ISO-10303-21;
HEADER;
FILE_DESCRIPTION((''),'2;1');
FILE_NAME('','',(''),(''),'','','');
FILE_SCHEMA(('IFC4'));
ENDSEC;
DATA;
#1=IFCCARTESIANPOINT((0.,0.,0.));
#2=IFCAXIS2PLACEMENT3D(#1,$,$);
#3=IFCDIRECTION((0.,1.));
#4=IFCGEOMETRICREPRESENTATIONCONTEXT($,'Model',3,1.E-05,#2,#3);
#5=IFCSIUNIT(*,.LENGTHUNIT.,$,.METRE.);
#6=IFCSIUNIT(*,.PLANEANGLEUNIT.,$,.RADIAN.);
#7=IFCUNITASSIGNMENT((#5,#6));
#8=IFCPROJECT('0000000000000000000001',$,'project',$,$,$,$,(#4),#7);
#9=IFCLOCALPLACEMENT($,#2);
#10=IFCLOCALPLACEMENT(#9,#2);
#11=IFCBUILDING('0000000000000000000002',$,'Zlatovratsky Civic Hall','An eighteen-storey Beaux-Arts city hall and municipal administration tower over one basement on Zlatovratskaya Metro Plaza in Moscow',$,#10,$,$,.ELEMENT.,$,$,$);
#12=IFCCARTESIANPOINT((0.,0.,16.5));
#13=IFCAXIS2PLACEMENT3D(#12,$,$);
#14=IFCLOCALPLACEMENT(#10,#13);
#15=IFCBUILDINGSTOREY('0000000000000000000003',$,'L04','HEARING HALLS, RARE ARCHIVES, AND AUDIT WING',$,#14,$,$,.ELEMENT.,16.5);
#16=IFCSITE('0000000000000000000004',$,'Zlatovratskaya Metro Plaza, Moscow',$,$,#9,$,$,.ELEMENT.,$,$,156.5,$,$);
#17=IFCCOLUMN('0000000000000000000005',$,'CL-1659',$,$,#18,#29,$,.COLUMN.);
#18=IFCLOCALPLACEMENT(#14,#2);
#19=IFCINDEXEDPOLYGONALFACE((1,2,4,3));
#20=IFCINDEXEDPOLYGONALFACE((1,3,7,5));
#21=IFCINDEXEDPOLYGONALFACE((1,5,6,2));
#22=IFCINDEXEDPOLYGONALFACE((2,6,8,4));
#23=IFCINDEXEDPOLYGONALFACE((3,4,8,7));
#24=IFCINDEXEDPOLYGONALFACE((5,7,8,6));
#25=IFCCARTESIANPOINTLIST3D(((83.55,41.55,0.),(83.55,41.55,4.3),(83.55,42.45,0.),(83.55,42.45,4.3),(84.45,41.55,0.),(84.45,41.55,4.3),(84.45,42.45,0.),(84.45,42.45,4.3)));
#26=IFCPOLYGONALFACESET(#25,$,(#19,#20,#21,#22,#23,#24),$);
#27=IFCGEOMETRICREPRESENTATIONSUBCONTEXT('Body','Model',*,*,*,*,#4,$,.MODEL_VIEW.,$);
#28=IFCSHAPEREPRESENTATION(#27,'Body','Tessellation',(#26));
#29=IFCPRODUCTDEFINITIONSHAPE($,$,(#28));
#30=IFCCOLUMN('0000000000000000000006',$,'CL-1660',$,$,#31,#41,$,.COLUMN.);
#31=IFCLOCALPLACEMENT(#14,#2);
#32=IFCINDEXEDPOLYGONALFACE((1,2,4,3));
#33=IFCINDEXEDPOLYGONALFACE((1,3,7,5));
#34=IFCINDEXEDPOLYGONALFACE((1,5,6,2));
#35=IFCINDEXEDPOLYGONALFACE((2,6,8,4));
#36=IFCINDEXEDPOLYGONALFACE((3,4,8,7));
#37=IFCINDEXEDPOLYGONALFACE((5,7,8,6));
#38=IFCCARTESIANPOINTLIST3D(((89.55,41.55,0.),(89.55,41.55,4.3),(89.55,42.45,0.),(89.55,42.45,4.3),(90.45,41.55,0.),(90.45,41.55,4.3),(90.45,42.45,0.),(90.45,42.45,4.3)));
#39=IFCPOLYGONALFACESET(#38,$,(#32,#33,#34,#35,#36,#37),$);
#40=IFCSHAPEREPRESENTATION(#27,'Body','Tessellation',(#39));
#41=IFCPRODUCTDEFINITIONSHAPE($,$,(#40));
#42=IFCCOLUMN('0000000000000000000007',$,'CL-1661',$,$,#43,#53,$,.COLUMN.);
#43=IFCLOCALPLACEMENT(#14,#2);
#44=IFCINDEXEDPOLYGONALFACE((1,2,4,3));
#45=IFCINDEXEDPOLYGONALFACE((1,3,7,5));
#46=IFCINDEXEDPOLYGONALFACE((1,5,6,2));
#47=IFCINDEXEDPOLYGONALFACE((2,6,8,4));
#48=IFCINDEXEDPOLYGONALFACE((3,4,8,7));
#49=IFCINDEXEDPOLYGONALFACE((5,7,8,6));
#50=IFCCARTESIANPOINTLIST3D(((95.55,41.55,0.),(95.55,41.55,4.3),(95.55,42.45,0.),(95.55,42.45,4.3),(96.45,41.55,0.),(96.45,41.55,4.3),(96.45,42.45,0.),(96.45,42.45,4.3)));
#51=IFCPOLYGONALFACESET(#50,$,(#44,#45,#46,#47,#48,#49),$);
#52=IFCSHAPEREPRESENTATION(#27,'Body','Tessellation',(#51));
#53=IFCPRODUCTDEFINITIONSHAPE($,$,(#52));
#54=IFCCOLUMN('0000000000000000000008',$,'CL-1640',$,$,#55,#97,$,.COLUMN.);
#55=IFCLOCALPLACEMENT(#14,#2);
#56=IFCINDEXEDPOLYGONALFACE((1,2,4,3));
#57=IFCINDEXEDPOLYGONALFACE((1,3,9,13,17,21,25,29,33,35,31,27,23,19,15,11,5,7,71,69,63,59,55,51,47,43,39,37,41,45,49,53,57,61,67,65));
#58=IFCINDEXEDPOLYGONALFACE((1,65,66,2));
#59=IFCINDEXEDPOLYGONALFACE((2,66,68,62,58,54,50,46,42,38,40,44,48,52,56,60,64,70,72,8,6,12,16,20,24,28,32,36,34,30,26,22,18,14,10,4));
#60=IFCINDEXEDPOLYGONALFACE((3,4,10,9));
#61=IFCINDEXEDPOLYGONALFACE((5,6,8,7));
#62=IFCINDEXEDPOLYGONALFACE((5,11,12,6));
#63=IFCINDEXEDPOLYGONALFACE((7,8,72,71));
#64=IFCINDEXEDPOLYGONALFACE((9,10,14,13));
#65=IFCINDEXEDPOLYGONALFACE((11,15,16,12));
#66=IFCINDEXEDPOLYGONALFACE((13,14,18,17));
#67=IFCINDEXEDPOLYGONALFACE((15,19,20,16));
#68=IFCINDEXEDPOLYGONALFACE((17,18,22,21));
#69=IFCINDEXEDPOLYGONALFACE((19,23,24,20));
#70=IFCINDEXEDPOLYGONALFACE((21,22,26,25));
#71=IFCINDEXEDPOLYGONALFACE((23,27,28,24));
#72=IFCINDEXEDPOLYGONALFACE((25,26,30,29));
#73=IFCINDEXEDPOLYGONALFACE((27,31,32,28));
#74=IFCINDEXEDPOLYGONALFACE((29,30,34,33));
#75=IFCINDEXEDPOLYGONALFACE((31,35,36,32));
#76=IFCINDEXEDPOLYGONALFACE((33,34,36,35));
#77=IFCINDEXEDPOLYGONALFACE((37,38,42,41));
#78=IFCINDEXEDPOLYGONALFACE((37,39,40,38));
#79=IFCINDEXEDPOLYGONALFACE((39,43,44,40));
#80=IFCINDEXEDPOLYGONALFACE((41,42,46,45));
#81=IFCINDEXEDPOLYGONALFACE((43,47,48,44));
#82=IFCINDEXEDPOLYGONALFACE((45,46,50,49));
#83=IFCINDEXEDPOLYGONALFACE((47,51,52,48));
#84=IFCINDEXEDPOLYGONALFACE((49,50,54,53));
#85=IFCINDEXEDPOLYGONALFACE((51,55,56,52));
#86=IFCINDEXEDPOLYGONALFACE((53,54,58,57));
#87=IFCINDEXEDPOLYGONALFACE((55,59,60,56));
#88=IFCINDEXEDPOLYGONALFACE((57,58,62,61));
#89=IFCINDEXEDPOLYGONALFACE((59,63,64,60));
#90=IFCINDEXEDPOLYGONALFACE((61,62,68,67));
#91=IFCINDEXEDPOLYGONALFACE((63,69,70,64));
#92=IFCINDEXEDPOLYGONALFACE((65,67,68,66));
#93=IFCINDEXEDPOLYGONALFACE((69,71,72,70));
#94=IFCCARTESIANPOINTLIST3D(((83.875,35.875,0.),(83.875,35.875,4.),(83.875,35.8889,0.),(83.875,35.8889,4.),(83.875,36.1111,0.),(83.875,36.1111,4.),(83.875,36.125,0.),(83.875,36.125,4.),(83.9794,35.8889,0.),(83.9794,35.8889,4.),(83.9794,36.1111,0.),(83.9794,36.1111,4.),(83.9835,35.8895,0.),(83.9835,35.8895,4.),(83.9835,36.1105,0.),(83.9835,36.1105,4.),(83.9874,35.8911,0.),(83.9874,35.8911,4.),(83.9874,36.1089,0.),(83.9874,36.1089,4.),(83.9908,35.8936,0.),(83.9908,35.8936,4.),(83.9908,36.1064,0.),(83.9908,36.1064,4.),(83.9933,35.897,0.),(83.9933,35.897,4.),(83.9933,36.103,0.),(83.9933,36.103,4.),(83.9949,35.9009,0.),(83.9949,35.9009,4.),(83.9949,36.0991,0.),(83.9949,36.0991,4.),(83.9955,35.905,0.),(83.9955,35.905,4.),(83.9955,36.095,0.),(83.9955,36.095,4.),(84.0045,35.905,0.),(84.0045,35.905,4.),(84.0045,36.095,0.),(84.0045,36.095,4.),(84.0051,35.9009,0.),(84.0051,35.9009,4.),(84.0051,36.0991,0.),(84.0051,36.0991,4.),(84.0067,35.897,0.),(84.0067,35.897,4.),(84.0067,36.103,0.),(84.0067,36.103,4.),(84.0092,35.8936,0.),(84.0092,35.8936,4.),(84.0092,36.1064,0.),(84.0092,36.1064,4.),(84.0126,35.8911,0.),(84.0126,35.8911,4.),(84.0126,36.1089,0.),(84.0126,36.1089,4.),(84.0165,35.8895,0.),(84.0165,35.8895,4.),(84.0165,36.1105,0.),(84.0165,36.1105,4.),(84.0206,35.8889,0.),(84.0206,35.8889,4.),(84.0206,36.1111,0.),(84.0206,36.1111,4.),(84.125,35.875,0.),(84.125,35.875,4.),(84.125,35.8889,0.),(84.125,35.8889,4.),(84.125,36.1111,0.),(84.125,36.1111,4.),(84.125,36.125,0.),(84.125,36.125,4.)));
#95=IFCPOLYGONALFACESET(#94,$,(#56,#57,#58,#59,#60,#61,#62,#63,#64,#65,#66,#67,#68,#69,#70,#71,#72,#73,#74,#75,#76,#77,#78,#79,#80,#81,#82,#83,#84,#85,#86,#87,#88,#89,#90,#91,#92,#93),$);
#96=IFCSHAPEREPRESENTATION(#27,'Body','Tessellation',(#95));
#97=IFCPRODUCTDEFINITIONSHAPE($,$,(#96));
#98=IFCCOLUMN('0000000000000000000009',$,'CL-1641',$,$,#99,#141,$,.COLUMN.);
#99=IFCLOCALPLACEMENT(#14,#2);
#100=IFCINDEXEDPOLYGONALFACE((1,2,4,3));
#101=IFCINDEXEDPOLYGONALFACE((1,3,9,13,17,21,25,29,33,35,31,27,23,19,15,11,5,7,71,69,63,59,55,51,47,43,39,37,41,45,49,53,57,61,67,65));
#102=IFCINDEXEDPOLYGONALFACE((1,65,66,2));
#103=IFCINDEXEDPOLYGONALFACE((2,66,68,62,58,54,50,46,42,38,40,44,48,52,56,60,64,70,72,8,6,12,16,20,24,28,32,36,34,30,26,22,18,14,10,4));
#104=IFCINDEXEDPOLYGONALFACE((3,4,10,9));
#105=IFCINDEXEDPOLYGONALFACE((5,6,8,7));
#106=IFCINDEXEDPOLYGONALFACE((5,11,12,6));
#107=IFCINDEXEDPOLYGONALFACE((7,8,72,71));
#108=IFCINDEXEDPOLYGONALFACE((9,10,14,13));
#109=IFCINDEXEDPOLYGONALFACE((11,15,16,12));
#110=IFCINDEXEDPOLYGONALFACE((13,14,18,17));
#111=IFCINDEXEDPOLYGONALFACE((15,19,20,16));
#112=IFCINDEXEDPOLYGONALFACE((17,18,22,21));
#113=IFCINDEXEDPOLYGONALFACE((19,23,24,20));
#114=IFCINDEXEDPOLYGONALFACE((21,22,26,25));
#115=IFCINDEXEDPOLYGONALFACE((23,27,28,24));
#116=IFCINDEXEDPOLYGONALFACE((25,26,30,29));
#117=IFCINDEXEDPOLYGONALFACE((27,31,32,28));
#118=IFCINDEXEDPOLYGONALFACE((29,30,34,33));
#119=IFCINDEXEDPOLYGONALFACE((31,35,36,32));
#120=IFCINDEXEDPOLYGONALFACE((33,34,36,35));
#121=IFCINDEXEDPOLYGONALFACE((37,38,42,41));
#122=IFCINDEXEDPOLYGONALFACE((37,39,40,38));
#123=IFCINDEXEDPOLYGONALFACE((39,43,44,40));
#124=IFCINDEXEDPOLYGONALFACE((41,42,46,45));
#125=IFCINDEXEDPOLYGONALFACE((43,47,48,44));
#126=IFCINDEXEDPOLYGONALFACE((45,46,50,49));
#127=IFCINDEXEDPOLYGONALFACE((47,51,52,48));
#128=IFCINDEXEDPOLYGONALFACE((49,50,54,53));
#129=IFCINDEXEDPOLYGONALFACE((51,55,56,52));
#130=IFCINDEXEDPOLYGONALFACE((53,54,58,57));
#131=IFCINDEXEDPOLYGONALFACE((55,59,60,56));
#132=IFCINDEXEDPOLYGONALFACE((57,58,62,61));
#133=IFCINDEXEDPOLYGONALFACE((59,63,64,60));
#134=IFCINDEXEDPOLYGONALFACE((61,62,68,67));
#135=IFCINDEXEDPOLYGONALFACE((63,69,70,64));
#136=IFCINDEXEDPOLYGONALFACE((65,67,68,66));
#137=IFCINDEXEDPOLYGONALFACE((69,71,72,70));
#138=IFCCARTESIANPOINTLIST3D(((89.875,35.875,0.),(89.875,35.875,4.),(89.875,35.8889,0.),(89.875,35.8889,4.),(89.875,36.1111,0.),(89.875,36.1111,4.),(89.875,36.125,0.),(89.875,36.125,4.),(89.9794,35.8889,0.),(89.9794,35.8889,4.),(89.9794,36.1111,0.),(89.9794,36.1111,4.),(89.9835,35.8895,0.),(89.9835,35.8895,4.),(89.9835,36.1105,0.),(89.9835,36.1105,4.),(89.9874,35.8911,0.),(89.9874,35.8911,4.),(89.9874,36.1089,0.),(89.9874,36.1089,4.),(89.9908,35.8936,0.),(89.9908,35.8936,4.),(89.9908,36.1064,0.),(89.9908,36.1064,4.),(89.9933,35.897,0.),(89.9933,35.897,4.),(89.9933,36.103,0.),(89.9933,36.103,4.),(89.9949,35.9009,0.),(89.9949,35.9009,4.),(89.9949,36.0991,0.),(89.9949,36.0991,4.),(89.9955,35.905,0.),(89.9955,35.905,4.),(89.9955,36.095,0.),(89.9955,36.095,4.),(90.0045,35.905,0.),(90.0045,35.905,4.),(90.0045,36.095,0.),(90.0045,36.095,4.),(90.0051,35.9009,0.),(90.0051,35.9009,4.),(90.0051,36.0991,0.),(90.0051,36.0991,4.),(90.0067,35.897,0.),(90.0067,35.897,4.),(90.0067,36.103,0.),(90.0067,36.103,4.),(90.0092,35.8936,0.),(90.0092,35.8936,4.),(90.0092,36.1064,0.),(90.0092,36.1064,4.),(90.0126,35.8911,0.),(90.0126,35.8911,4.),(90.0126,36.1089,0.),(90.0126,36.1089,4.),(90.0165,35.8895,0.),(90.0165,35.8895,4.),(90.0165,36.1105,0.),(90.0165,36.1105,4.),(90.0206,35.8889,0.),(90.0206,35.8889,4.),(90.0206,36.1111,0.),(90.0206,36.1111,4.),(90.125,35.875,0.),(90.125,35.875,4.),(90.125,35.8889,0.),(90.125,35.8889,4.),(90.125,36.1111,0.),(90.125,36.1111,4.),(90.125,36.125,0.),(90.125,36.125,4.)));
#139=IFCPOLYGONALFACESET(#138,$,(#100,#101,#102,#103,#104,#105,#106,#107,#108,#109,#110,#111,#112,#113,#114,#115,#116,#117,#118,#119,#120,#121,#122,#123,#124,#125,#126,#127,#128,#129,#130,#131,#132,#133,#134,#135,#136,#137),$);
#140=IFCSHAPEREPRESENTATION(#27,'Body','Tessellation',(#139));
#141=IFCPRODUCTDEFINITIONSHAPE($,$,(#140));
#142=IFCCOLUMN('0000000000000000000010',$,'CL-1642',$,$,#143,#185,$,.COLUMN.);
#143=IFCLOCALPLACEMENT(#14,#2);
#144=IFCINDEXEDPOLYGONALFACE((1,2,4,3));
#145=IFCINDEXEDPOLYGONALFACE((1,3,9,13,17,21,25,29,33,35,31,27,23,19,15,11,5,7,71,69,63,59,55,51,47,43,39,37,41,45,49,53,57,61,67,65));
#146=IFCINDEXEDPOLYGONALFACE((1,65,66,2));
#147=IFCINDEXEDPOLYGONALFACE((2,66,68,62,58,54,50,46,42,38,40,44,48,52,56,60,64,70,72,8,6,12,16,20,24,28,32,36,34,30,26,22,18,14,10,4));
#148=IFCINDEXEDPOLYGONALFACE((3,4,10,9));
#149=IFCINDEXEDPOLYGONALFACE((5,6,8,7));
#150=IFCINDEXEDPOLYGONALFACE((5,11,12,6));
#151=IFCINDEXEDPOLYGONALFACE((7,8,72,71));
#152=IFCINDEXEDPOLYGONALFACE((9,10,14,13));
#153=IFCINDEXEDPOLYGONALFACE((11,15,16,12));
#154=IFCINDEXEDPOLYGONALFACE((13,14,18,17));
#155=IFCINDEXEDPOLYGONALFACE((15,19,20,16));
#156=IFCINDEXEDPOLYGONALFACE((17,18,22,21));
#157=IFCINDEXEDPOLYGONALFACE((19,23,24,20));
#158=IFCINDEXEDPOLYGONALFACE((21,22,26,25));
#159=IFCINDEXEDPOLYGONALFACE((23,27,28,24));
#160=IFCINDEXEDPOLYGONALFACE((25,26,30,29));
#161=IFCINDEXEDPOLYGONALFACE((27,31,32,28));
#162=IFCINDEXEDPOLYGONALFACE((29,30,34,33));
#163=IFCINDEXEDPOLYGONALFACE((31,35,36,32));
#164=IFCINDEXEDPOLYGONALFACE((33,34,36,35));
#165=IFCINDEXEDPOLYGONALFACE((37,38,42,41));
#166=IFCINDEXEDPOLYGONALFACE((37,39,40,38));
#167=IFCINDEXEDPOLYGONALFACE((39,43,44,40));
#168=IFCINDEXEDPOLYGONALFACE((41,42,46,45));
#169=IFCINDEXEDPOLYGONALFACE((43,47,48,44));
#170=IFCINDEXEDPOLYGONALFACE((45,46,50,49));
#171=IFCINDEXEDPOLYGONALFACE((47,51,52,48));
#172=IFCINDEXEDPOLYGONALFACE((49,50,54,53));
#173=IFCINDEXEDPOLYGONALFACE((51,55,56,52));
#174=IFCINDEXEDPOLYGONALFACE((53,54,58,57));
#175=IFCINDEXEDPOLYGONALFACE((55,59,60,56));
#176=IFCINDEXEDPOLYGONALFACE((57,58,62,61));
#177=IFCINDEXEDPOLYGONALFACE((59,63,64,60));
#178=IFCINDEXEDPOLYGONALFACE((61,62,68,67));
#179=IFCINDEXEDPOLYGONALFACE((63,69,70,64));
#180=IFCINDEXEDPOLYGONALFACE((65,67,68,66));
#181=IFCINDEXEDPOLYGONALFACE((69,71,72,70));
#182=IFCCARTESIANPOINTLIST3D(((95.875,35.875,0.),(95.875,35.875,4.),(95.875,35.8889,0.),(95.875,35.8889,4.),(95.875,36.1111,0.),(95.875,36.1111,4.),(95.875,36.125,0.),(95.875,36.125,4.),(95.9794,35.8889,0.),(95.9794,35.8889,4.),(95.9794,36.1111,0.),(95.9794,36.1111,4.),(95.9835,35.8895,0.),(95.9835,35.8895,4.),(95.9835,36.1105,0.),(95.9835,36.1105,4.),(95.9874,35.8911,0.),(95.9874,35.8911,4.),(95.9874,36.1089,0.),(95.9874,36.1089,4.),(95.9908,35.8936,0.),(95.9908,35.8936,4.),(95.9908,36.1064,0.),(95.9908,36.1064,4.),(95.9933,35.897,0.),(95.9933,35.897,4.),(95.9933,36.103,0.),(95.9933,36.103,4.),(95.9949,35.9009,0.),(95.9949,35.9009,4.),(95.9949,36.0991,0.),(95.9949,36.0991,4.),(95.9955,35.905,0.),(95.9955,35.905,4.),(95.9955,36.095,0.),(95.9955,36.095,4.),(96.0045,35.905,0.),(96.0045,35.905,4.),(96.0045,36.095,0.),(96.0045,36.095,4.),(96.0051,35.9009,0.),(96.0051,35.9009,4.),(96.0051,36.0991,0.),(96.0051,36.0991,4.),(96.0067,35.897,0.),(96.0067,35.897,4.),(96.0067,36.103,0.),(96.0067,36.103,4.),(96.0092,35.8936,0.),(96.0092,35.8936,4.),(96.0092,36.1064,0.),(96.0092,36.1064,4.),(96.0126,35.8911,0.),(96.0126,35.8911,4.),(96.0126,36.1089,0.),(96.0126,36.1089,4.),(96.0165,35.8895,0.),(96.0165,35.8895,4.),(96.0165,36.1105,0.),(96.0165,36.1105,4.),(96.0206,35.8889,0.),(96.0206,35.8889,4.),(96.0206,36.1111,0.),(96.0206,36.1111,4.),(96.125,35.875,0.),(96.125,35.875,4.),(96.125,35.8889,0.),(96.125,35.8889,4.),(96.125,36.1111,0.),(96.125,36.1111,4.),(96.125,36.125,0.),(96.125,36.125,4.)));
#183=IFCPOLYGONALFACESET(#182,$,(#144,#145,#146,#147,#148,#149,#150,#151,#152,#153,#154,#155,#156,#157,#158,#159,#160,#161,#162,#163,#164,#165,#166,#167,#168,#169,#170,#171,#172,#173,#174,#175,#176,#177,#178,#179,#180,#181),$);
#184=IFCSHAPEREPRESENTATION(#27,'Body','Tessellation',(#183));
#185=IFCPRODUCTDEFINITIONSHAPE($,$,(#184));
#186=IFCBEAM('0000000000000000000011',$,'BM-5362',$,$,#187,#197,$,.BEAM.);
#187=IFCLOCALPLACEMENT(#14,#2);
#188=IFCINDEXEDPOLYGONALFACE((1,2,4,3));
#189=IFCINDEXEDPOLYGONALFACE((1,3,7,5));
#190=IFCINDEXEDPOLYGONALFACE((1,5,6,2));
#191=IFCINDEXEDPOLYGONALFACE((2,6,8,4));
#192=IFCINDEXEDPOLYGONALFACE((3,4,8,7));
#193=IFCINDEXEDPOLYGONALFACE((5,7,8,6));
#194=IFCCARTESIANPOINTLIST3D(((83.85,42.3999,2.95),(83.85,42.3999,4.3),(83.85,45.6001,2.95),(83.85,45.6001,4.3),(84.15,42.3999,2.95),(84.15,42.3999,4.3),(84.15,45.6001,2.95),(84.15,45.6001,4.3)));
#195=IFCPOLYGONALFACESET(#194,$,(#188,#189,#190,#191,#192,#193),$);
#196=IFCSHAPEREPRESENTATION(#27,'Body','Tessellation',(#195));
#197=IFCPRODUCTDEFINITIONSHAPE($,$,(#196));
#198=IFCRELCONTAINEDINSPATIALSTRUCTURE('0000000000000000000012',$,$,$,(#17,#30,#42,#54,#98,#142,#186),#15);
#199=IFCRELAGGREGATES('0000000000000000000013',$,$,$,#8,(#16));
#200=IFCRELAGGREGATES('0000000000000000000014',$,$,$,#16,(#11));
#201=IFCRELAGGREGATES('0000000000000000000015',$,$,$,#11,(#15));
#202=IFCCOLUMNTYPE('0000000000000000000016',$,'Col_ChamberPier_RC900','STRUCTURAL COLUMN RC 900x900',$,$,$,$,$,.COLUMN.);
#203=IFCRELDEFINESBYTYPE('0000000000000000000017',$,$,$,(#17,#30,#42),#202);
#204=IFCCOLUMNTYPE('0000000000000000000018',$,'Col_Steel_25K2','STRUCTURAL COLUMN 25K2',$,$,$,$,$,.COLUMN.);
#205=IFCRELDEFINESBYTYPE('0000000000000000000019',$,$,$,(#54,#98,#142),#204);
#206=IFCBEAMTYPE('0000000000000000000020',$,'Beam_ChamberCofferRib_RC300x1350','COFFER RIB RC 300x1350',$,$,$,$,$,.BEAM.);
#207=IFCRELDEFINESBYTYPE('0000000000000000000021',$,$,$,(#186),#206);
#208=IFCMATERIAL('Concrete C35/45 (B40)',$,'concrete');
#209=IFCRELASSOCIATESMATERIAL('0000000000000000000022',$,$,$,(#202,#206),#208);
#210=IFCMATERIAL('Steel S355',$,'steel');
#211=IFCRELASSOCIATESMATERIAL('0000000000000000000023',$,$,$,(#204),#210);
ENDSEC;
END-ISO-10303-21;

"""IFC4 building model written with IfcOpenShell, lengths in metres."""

from ifc_helpers import new_model, si_unit, direction, frame, origin, origin_2d, place, context, subcontext, project, spatial, rectangle, i_section, extrude, material, material_profile, profile_set, type_object, element, save


model = new_model("IFC4")

# Units and contexts
model_context = context("Model", 3, precision=1e-05, world=origin(), true_north=direction((0.0, 1.0)))
body_context = subcontext(model_context, "Body", "Model", "MODEL_VIEW")
ifc_project = project(units=[si_unit("LENGTHUNIT", "METRE"), si_unit("PLANEANGLEUNIT", "RADIAN")], contexts=[model_context])

# Site, building, storey
site_placement = place(None, origin())
site = spatial("IfcSite", under=ifc_project, at=site_placement, Name="Zlatovratskaya Metro Plaza, Moscow", CompositionType="ELEMENT", RefElevation=156.5)
building_placement = place(site_placement, origin())
building = spatial("IfcBuilding", under=site, at=building_placement, Name="Zlatovratsky Civic Hall", Description="An eighteen-storey Beaux-Arts city hall and municipal administration tower over one basement on Zlatovratskaya Metro Plaza in Moscow", CompositionType="ELEMENT")
storey_placement = place(building_placement, frame((0.0, 0.0, 16.5)))
storey = spatial("IfcBuildingStorey", under=building, at=storey_placement, Name="L04", Description="HEARING HALLS, RARE ARCHIVES, AND AUDIT WING", CompositionType="ELEMENT", Elevation=16.5)

# Columns
ifc_material_1 = material(Name="Concrete C35/45 (B40)", Category="concrete")
ifc_material_profile_1 = material_profile(ifc_material_1, rectangle(XDim=0.8999, YDim=0.8999, at=origin_2d()), Name="RC 900x900")
ifc_profile_set_1 = profile_set([ifc_material_profile_1], Name="Concrete C35/45 (B40)")
column_type_1 = type_object("IfcColumnType", Name="Col_ChamberPier_RC900", Description="STRUCTURAL COLUMN RC 900x900", PredefinedType="COLUMN", material=ifc_profile_set_1)
for number, where, z_axis, x_axis, name in (
    (1, (84.0, 42.0, 0.0), (0.0, 0.0, 1.0), (1.0, 0.0, 0.0), "CL-1659"),
    (2, (90.0, 42.0, 0.0), (0.0, 0.0, 1.0), (1.0, 0.0, 0.0), "CL-1660"),
    (3, (96.0, 42.0, 0.0), (0.0, 0.0, 1.0), (1.0, 0.0, 0.0), "CL-1661"),
):
    element("IfcColumn", number, at=place(storey_placement, frame(where, z_axis=z_axis, x_axis=x_axis)), inside=storey, type_object=column_type_1, Name=name, PredefinedType="COLUMN", context=body_context, shape_type="SweptSolid", body=[
        extrude(rectangle(XDim=0.8999, YDim=0.8999, at=origin_2d()), origin(), (0.0, 0.0, 1.0), 4.3),
    ])
ifc_material_2 = material(Name="Steel S355", Category="steel")
ifc_material_profile_2 = material_profile(ifc_material_2, i_section(OverallWidth=0.25, OverallDepth=0.25, WebThickness=0.009, FlangeThickness=0.0139, FilletRadius=0.0161, at=origin_2d()), Name="25K2")
ifc_profile_set_2 = profile_set([ifc_material_profile_2], Name="Steel S355")
column_type_2 = type_object("IfcColumnType", Name="Col_Steel_25K2", Description="STRUCTURAL COLUMN 25K2", PredefinedType="COLUMN", material=ifc_profile_set_2)
for number, where, z_axis, x_axis, name in (
    (4, (84.0, 36.0, 0.0), (0.0, 0.0, 1.0), (1.0, 0.0, 0.0), "CL-1640"),
    (5, (90.0, 36.0, 0.0), (0.0, 0.0, 1.0), (1.0, 0.0, 0.0), "CL-1641"),
    (6, (96.0, 36.0, 0.0), (0.0, 0.0, 1.0), (1.0, 0.0, 0.0), "CL-1642"),
):
    element("IfcColumn", number, at=place(storey_placement, frame(where, z_axis=z_axis, x_axis=x_axis)), inside=storey, type_object=column_type_2, Name=name, PredefinedType="COLUMN", context=body_context, shape_type="SweptSolid", body=[
        extrude(i_section(OverallWidth=0.25, OverallDepth=0.25, WebThickness=0.009, FlangeThickness=0.0139, FilletRadius=0.0161, at=origin_2d()), origin(), (0.0, 0.0, 1.0), 4.0),
    ])

# Beam
ifc_material_profile_3 = material_profile(ifc_material_1, rectangle(XDim=0.3, YDim=1.3501, at=origin_2d()), Name="RC 300x1350")
ifc_profile_set_3 = profile_set([ifc_material_profile_3], Name="Concrete C35/45 (B40)")
beam_type_1 = type_object("IfcBeamType", Name="Beam_ChamberCofferRib_RC300x1350", Description="COFFER RIB RC 300x1350", PredefinedType="BEAM", material=ifc_profile_set_3)
beam_1_placement = place(storey_placement, frame((84.0, 42.3999, 3.625), z_axis=(0.0, 1.0, 0.0), x_axis=(-1.0, 0.0, 0.0)))
element("IfcBeam", 7, at=beam_1_placement, inside=storey, type_object=beam_type_1, Name="BM-5362", PredefinedType="BEAM", context=body_context, shape_type="SweptSolid", body=[
    extrude(rectangle(XDim=0.3, YDim=1.3501, at=origin_2d()), origin(), (0.0, 0.0, 1.0), 3.2002),
])

save(model, "model.ifc")
